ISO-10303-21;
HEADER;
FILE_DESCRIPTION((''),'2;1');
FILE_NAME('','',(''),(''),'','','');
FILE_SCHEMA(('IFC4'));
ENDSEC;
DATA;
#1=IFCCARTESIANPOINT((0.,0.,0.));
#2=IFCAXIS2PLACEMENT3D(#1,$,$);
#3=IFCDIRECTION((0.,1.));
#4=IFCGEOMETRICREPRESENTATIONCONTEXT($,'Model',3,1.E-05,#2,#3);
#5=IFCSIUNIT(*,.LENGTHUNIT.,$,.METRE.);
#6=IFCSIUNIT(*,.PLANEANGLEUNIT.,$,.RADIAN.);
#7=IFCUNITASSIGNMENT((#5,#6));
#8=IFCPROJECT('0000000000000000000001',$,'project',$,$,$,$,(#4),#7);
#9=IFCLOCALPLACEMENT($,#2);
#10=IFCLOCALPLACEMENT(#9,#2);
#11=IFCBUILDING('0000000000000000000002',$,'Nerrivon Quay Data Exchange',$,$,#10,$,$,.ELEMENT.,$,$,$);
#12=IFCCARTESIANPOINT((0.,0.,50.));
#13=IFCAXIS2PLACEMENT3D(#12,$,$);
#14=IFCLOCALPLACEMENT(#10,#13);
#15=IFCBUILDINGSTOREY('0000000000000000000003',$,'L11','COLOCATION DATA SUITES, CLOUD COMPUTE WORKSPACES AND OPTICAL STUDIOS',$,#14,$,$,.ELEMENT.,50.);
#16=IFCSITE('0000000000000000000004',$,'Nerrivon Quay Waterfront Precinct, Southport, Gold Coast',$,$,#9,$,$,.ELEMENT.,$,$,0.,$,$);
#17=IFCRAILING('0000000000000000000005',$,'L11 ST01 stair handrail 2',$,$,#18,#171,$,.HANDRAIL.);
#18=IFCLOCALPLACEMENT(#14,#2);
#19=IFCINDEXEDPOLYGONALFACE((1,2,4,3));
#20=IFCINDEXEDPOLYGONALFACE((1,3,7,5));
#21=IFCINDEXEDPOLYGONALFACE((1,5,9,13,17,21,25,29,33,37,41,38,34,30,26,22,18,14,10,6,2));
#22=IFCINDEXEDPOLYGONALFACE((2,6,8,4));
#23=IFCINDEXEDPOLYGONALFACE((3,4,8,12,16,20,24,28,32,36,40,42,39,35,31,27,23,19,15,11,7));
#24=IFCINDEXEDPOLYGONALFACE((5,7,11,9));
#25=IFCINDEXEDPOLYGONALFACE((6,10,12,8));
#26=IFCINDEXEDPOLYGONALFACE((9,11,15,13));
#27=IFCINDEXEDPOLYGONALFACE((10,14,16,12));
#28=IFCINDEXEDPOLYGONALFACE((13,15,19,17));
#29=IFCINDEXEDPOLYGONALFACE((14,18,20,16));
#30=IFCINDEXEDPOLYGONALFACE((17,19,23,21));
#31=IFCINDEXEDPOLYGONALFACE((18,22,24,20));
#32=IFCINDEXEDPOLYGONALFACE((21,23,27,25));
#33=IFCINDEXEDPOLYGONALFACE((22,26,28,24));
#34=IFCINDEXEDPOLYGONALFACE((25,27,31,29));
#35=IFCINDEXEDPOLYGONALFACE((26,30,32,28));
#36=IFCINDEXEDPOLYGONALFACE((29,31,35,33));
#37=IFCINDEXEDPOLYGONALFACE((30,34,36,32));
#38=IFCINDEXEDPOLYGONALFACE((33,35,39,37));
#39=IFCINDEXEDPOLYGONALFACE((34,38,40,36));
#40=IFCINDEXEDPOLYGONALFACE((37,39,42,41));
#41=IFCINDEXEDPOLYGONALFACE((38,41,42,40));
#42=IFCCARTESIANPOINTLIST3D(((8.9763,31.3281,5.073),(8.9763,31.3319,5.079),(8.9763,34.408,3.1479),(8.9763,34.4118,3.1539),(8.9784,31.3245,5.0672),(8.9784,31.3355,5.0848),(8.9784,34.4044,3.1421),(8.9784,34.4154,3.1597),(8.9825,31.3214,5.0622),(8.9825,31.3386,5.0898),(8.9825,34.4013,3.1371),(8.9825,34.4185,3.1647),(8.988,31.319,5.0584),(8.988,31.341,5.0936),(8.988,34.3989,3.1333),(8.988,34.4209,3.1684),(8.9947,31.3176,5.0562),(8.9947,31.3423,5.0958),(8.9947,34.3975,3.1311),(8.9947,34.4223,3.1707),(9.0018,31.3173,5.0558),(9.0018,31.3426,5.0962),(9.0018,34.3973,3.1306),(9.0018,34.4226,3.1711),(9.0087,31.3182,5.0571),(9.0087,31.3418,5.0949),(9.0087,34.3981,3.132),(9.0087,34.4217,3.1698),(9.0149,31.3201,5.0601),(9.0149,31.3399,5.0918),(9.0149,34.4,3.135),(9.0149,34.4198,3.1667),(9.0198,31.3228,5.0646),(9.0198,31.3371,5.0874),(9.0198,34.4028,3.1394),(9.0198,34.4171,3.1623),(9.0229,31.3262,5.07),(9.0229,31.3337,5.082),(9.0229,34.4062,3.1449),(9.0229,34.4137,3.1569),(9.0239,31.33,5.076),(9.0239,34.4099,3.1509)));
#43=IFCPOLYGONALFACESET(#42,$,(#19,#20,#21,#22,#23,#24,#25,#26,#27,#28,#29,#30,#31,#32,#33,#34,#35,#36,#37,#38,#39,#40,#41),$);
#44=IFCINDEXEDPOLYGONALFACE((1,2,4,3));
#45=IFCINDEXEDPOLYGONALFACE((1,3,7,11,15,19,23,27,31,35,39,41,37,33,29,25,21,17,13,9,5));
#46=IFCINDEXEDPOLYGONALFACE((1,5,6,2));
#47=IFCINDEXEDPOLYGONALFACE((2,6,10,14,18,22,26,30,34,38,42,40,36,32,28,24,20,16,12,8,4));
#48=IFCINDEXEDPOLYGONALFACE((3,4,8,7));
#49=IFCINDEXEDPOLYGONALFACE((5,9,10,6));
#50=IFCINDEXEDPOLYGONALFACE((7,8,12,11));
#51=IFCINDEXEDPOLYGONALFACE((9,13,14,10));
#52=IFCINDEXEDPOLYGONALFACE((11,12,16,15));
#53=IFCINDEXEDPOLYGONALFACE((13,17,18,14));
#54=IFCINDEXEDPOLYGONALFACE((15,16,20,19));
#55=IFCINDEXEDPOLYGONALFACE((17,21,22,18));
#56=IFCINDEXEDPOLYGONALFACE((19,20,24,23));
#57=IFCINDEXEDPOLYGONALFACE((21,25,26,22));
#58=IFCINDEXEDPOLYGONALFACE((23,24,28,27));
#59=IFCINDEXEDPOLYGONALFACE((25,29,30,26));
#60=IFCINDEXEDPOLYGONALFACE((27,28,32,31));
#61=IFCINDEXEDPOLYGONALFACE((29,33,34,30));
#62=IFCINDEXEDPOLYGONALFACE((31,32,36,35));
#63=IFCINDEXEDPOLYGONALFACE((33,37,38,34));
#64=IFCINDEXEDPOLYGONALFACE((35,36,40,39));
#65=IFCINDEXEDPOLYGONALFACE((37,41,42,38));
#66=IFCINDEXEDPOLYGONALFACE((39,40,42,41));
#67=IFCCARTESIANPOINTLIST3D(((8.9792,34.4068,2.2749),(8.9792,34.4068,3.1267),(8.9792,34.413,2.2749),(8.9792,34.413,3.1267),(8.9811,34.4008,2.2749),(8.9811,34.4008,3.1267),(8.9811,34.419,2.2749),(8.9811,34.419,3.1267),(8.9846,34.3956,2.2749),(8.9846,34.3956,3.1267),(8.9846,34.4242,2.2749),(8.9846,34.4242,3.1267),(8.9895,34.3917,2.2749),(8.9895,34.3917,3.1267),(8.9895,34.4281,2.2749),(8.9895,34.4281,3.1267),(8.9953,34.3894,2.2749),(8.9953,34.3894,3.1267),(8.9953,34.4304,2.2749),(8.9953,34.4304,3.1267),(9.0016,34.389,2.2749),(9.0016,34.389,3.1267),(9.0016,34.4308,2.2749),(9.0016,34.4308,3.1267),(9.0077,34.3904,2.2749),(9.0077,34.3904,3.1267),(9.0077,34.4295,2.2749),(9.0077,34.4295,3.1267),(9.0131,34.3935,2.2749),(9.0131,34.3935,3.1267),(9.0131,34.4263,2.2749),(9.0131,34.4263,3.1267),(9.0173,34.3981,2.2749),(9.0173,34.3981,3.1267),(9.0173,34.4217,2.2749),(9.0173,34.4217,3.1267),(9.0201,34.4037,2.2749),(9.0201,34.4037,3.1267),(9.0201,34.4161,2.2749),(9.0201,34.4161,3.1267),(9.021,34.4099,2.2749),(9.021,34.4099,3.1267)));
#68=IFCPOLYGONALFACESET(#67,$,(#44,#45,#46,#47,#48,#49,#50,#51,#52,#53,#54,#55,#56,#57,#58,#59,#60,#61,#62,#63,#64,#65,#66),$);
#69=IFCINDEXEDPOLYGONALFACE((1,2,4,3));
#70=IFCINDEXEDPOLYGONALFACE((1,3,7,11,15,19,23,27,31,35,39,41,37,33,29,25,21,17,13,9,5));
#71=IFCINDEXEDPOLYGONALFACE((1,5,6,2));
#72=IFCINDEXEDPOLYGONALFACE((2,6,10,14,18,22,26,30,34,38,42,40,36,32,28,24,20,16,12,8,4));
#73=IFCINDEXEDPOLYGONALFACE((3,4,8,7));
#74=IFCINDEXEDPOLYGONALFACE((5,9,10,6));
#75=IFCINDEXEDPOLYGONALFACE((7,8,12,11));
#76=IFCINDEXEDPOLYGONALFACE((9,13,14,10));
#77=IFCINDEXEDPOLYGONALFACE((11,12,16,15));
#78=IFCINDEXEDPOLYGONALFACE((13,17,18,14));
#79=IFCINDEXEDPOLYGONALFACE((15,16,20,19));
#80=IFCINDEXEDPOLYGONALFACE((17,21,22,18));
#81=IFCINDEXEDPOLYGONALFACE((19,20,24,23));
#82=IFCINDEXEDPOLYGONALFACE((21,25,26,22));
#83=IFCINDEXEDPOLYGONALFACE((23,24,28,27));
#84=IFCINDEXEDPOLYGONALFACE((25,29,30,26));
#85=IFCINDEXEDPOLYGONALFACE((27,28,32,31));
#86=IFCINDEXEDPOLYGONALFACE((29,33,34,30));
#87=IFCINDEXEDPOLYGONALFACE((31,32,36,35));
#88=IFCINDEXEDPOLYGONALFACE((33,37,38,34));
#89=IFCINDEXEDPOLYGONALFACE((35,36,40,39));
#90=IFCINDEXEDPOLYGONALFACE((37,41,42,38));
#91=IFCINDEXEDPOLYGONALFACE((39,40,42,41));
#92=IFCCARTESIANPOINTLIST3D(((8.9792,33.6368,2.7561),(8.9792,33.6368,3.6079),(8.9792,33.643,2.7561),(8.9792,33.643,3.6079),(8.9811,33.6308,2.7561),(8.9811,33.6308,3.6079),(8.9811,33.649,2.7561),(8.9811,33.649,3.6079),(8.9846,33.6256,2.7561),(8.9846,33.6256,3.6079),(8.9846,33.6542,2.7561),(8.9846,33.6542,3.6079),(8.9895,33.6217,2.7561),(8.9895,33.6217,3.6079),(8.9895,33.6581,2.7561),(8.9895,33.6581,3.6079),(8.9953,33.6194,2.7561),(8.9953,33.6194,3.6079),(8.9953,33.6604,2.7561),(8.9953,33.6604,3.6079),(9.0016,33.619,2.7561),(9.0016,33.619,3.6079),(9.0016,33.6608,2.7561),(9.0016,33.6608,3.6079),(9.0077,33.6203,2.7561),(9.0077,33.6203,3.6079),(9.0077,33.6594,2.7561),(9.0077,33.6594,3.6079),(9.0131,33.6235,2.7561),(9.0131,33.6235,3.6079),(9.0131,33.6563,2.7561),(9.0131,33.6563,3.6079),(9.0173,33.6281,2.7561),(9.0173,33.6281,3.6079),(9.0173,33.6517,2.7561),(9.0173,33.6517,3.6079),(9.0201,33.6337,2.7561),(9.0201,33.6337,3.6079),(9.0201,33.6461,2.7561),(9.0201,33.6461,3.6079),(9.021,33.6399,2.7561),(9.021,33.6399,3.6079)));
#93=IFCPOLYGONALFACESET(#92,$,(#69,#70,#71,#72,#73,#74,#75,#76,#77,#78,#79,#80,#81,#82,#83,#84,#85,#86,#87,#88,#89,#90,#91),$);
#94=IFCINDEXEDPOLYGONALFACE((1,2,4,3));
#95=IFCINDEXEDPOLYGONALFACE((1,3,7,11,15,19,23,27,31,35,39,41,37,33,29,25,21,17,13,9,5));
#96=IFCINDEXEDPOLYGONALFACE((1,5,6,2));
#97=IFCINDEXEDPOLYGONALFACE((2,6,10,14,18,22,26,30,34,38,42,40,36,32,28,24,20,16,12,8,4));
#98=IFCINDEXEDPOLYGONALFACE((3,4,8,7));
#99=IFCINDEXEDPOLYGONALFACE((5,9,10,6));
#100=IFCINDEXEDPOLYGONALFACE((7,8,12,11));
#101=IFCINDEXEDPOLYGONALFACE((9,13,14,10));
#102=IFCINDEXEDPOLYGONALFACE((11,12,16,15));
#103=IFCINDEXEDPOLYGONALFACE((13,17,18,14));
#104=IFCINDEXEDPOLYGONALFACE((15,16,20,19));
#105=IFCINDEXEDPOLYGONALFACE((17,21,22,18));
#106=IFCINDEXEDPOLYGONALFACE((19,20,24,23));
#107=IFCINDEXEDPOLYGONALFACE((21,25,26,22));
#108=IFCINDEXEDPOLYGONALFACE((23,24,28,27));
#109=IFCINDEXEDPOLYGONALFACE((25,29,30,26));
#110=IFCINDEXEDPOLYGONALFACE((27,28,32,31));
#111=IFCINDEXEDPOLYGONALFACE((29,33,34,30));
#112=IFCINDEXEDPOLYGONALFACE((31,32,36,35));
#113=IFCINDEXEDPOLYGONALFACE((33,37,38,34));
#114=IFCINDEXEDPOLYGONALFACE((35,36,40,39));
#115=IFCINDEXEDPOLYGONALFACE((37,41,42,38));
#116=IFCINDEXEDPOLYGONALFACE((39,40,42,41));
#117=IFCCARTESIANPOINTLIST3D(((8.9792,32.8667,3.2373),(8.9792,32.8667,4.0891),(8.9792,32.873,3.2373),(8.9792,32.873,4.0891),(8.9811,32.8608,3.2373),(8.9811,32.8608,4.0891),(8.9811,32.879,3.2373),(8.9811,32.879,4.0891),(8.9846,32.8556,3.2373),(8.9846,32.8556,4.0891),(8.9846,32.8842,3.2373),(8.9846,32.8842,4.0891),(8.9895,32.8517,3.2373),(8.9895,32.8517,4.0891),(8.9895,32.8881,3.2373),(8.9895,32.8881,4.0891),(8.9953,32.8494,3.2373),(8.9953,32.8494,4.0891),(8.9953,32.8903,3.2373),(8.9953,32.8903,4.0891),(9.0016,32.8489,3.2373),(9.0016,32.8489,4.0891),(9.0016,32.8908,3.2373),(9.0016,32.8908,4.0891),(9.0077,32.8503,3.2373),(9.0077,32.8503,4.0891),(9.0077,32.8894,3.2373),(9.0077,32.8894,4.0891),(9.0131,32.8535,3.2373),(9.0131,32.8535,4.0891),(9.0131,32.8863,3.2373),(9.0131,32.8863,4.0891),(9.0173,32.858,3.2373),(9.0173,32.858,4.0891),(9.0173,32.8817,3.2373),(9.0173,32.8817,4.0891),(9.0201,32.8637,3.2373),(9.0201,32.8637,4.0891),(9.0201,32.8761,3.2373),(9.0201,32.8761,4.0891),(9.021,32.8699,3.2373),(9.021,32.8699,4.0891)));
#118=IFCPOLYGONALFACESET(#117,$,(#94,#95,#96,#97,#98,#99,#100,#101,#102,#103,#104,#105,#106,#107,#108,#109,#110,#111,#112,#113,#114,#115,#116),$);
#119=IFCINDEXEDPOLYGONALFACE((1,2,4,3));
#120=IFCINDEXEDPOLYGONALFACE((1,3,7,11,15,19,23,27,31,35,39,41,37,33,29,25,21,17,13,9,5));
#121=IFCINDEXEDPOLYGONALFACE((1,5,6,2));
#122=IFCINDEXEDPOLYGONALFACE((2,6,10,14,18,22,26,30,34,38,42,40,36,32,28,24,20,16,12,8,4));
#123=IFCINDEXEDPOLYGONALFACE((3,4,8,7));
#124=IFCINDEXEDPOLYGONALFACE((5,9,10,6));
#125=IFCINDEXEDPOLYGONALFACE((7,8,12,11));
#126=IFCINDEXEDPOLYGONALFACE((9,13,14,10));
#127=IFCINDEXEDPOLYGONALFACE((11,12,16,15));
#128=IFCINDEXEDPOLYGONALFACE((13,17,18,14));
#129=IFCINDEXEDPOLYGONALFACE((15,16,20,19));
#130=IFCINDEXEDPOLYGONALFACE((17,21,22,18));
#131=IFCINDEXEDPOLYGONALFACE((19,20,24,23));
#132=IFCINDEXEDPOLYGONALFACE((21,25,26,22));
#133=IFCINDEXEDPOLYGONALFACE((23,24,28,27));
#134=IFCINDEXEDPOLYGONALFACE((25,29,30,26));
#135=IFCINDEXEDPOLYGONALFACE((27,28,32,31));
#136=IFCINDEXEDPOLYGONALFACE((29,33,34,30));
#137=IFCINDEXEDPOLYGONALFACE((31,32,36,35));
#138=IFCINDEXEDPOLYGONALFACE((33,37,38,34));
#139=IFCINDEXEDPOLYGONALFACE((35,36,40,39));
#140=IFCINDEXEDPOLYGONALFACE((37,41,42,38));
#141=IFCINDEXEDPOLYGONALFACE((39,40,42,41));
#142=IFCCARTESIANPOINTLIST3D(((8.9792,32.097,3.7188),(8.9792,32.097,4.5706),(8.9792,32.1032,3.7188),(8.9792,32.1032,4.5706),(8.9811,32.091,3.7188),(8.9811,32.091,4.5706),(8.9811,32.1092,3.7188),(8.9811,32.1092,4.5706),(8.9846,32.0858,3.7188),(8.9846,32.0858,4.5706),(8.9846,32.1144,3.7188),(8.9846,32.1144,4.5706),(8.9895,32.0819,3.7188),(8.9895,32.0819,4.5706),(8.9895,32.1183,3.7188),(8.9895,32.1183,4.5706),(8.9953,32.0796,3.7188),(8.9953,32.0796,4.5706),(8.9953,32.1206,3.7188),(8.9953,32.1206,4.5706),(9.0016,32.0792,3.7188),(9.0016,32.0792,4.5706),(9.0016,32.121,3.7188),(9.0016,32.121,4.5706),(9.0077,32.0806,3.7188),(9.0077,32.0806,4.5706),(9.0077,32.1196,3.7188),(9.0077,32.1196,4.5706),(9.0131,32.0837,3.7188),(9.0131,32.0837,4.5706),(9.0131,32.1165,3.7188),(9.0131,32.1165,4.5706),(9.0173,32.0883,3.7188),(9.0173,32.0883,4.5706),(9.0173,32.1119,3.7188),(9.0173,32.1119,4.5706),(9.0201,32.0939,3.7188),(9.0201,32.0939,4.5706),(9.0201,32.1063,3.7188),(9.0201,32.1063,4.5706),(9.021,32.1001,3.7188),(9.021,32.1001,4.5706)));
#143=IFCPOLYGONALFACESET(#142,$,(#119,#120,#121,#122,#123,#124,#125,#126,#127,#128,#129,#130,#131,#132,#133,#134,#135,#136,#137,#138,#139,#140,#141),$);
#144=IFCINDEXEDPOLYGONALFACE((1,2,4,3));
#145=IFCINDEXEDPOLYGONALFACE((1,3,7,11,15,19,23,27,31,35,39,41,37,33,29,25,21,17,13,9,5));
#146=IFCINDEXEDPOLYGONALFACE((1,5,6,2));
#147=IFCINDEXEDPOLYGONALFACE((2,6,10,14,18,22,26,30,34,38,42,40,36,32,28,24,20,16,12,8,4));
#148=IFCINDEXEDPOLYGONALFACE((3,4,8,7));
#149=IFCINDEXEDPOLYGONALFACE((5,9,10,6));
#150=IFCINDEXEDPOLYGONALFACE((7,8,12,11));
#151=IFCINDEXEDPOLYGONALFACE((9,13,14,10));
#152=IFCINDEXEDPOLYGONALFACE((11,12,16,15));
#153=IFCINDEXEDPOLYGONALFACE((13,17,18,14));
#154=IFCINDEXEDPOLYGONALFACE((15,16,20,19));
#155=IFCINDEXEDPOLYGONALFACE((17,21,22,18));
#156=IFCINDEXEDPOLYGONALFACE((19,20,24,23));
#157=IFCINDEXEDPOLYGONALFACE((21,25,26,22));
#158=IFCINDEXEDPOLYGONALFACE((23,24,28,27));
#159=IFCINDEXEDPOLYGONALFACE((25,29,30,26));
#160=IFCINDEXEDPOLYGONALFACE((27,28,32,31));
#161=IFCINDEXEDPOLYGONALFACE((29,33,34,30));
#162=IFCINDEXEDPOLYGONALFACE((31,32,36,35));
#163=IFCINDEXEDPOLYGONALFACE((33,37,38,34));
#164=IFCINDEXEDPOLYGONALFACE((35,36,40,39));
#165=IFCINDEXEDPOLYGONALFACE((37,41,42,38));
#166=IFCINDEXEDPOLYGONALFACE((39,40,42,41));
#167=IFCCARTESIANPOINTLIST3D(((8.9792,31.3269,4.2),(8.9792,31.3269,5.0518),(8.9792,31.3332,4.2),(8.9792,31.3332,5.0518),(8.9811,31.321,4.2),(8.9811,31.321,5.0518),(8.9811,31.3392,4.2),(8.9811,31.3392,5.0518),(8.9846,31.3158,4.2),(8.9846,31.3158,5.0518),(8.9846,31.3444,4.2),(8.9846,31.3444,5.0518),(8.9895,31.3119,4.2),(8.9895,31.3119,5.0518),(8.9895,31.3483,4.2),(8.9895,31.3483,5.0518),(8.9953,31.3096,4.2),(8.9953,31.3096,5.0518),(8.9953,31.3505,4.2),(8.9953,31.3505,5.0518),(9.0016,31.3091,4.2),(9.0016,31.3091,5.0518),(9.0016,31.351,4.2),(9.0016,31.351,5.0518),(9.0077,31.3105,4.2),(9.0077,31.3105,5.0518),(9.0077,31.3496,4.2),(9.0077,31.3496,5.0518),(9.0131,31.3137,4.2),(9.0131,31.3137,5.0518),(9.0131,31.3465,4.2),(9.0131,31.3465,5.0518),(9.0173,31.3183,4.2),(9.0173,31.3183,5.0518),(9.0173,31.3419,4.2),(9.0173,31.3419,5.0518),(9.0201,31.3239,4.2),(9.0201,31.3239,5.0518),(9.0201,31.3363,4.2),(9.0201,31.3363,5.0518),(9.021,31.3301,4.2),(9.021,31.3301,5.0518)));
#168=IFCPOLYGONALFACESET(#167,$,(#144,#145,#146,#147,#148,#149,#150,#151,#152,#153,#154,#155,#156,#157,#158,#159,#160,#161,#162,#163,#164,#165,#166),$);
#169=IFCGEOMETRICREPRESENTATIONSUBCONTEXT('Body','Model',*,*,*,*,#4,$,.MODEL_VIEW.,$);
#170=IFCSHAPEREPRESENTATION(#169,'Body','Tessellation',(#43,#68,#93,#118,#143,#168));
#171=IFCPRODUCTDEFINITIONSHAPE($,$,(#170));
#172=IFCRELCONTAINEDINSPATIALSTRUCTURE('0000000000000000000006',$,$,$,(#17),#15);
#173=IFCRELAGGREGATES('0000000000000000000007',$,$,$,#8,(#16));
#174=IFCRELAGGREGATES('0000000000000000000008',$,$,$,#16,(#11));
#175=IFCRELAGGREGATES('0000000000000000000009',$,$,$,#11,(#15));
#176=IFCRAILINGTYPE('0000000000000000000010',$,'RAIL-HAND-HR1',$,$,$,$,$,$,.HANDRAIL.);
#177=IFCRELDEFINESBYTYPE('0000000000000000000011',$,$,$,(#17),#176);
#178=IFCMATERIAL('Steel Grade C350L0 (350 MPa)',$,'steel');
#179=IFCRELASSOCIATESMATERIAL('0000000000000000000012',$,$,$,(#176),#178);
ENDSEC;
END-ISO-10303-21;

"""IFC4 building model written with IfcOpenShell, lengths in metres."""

from ifc_helpers import new_model, si_unit, direction, frame, origin, origin_2d, place, context, subcontext, project, spatial, circle, extrude, material, type_object, element, save


model = new_model("IFC4")

# Units and contexts
model_context = context("Model", 3, precision=1e-05, world=origin(), true_north=direction((0.0, 1.0)))
body_context = subcontext(model_context, "Body", "Model", "MODEL_VIEW")
ifc_project = project(units=[si_unit("LENGTHUNIT", "METRE"), si_unit("PLANEANGLEUNIT", "RADIAN")], contexts=[model_context])

# Site, building, storey
site_placement = place(None, origin())
site = spatial("IfcSite", under=ifc_project, at=site_placement, Name="Nerrivon Quay Waterfront Precinct, Southport, Gold Coast", CompositionType="ELEMENT", RefElevation=0.0)
building_placement = place(site_placement, origin())
building = spatial("IfcBuilding", under=site, at=building_placement, Name="Nerrivon Quay Data Exchange", CompositionType="ELEMENT")
storey_placement = place(building_placement, frame((0.0, 0.0, 50.0)))
storey = spatial("IfcBuildingStorey", under=building, at=storey_placement, Name="L11", Description="COLOCATION DATA SUITES, CLOUD COMPUTE WORKSPACES AND OPTICAL STUDIOS", CompositionType="ELEMENT", Elevation=50.0)

# Railing
ifc_material_1 = material(Name="Steel Grade C350L0 (350 MPa)", Category="steel")
railing_type = type_object("IfcRailingType", Name="RAIL-HAND-HR1", PredefinedType="HANDRAIL", material=ifc_material_1)
railing_placement = place(storey_placement, frame((9.0, 34.4099, 2.2749)))
element("IfcRailing", 1, at=railing_placement, inside=storey, type_object=railing_type, Name="L11 ST01 stair handrail 2", PredefinedType="HANDRAIL", context=body_context, shape_type="SweptSolid", body=[
    extrude(circle(Radius=0.0239, at=origin_2d()), frame((0.0, 0.0, 0.876), z_axis=(0.0, -0.847979, 0.530029), x_axis=(1.0, 0.0, 0.0)), (0.0, 0.0, 1.0), 3.6321),
    extrude(circle(Radius=0.021, at=origin_2d()), origin(), (0.0, 0.0, 1.0), 0.8518),
    extrude(circle(Radius=0.021, at=origin_2d()), frame((0.0, -0.77, 0.4812)), (0.0, 0.0, 1.0), 0.8518),
    extrude(circle(Radius=0.021, at=origin_2d()), frame((0.0, -1.54, 0.9624)), (0.0, 0.0, 1.0), 0.8518),
    extrude(circle(Radius=0.021, at=origin_2d()), frame((0.0, -2.3098, 1.4438)), (0.0, 0.0, 1.0), 0.8518),
    extrude(circle(Radius=0.021, at=origin_2d()), frame((0.0, -3.0798, 1.925)), (0.0, 0.0, 1.0), 0.8518),
])

save(model, "model.ifc")
